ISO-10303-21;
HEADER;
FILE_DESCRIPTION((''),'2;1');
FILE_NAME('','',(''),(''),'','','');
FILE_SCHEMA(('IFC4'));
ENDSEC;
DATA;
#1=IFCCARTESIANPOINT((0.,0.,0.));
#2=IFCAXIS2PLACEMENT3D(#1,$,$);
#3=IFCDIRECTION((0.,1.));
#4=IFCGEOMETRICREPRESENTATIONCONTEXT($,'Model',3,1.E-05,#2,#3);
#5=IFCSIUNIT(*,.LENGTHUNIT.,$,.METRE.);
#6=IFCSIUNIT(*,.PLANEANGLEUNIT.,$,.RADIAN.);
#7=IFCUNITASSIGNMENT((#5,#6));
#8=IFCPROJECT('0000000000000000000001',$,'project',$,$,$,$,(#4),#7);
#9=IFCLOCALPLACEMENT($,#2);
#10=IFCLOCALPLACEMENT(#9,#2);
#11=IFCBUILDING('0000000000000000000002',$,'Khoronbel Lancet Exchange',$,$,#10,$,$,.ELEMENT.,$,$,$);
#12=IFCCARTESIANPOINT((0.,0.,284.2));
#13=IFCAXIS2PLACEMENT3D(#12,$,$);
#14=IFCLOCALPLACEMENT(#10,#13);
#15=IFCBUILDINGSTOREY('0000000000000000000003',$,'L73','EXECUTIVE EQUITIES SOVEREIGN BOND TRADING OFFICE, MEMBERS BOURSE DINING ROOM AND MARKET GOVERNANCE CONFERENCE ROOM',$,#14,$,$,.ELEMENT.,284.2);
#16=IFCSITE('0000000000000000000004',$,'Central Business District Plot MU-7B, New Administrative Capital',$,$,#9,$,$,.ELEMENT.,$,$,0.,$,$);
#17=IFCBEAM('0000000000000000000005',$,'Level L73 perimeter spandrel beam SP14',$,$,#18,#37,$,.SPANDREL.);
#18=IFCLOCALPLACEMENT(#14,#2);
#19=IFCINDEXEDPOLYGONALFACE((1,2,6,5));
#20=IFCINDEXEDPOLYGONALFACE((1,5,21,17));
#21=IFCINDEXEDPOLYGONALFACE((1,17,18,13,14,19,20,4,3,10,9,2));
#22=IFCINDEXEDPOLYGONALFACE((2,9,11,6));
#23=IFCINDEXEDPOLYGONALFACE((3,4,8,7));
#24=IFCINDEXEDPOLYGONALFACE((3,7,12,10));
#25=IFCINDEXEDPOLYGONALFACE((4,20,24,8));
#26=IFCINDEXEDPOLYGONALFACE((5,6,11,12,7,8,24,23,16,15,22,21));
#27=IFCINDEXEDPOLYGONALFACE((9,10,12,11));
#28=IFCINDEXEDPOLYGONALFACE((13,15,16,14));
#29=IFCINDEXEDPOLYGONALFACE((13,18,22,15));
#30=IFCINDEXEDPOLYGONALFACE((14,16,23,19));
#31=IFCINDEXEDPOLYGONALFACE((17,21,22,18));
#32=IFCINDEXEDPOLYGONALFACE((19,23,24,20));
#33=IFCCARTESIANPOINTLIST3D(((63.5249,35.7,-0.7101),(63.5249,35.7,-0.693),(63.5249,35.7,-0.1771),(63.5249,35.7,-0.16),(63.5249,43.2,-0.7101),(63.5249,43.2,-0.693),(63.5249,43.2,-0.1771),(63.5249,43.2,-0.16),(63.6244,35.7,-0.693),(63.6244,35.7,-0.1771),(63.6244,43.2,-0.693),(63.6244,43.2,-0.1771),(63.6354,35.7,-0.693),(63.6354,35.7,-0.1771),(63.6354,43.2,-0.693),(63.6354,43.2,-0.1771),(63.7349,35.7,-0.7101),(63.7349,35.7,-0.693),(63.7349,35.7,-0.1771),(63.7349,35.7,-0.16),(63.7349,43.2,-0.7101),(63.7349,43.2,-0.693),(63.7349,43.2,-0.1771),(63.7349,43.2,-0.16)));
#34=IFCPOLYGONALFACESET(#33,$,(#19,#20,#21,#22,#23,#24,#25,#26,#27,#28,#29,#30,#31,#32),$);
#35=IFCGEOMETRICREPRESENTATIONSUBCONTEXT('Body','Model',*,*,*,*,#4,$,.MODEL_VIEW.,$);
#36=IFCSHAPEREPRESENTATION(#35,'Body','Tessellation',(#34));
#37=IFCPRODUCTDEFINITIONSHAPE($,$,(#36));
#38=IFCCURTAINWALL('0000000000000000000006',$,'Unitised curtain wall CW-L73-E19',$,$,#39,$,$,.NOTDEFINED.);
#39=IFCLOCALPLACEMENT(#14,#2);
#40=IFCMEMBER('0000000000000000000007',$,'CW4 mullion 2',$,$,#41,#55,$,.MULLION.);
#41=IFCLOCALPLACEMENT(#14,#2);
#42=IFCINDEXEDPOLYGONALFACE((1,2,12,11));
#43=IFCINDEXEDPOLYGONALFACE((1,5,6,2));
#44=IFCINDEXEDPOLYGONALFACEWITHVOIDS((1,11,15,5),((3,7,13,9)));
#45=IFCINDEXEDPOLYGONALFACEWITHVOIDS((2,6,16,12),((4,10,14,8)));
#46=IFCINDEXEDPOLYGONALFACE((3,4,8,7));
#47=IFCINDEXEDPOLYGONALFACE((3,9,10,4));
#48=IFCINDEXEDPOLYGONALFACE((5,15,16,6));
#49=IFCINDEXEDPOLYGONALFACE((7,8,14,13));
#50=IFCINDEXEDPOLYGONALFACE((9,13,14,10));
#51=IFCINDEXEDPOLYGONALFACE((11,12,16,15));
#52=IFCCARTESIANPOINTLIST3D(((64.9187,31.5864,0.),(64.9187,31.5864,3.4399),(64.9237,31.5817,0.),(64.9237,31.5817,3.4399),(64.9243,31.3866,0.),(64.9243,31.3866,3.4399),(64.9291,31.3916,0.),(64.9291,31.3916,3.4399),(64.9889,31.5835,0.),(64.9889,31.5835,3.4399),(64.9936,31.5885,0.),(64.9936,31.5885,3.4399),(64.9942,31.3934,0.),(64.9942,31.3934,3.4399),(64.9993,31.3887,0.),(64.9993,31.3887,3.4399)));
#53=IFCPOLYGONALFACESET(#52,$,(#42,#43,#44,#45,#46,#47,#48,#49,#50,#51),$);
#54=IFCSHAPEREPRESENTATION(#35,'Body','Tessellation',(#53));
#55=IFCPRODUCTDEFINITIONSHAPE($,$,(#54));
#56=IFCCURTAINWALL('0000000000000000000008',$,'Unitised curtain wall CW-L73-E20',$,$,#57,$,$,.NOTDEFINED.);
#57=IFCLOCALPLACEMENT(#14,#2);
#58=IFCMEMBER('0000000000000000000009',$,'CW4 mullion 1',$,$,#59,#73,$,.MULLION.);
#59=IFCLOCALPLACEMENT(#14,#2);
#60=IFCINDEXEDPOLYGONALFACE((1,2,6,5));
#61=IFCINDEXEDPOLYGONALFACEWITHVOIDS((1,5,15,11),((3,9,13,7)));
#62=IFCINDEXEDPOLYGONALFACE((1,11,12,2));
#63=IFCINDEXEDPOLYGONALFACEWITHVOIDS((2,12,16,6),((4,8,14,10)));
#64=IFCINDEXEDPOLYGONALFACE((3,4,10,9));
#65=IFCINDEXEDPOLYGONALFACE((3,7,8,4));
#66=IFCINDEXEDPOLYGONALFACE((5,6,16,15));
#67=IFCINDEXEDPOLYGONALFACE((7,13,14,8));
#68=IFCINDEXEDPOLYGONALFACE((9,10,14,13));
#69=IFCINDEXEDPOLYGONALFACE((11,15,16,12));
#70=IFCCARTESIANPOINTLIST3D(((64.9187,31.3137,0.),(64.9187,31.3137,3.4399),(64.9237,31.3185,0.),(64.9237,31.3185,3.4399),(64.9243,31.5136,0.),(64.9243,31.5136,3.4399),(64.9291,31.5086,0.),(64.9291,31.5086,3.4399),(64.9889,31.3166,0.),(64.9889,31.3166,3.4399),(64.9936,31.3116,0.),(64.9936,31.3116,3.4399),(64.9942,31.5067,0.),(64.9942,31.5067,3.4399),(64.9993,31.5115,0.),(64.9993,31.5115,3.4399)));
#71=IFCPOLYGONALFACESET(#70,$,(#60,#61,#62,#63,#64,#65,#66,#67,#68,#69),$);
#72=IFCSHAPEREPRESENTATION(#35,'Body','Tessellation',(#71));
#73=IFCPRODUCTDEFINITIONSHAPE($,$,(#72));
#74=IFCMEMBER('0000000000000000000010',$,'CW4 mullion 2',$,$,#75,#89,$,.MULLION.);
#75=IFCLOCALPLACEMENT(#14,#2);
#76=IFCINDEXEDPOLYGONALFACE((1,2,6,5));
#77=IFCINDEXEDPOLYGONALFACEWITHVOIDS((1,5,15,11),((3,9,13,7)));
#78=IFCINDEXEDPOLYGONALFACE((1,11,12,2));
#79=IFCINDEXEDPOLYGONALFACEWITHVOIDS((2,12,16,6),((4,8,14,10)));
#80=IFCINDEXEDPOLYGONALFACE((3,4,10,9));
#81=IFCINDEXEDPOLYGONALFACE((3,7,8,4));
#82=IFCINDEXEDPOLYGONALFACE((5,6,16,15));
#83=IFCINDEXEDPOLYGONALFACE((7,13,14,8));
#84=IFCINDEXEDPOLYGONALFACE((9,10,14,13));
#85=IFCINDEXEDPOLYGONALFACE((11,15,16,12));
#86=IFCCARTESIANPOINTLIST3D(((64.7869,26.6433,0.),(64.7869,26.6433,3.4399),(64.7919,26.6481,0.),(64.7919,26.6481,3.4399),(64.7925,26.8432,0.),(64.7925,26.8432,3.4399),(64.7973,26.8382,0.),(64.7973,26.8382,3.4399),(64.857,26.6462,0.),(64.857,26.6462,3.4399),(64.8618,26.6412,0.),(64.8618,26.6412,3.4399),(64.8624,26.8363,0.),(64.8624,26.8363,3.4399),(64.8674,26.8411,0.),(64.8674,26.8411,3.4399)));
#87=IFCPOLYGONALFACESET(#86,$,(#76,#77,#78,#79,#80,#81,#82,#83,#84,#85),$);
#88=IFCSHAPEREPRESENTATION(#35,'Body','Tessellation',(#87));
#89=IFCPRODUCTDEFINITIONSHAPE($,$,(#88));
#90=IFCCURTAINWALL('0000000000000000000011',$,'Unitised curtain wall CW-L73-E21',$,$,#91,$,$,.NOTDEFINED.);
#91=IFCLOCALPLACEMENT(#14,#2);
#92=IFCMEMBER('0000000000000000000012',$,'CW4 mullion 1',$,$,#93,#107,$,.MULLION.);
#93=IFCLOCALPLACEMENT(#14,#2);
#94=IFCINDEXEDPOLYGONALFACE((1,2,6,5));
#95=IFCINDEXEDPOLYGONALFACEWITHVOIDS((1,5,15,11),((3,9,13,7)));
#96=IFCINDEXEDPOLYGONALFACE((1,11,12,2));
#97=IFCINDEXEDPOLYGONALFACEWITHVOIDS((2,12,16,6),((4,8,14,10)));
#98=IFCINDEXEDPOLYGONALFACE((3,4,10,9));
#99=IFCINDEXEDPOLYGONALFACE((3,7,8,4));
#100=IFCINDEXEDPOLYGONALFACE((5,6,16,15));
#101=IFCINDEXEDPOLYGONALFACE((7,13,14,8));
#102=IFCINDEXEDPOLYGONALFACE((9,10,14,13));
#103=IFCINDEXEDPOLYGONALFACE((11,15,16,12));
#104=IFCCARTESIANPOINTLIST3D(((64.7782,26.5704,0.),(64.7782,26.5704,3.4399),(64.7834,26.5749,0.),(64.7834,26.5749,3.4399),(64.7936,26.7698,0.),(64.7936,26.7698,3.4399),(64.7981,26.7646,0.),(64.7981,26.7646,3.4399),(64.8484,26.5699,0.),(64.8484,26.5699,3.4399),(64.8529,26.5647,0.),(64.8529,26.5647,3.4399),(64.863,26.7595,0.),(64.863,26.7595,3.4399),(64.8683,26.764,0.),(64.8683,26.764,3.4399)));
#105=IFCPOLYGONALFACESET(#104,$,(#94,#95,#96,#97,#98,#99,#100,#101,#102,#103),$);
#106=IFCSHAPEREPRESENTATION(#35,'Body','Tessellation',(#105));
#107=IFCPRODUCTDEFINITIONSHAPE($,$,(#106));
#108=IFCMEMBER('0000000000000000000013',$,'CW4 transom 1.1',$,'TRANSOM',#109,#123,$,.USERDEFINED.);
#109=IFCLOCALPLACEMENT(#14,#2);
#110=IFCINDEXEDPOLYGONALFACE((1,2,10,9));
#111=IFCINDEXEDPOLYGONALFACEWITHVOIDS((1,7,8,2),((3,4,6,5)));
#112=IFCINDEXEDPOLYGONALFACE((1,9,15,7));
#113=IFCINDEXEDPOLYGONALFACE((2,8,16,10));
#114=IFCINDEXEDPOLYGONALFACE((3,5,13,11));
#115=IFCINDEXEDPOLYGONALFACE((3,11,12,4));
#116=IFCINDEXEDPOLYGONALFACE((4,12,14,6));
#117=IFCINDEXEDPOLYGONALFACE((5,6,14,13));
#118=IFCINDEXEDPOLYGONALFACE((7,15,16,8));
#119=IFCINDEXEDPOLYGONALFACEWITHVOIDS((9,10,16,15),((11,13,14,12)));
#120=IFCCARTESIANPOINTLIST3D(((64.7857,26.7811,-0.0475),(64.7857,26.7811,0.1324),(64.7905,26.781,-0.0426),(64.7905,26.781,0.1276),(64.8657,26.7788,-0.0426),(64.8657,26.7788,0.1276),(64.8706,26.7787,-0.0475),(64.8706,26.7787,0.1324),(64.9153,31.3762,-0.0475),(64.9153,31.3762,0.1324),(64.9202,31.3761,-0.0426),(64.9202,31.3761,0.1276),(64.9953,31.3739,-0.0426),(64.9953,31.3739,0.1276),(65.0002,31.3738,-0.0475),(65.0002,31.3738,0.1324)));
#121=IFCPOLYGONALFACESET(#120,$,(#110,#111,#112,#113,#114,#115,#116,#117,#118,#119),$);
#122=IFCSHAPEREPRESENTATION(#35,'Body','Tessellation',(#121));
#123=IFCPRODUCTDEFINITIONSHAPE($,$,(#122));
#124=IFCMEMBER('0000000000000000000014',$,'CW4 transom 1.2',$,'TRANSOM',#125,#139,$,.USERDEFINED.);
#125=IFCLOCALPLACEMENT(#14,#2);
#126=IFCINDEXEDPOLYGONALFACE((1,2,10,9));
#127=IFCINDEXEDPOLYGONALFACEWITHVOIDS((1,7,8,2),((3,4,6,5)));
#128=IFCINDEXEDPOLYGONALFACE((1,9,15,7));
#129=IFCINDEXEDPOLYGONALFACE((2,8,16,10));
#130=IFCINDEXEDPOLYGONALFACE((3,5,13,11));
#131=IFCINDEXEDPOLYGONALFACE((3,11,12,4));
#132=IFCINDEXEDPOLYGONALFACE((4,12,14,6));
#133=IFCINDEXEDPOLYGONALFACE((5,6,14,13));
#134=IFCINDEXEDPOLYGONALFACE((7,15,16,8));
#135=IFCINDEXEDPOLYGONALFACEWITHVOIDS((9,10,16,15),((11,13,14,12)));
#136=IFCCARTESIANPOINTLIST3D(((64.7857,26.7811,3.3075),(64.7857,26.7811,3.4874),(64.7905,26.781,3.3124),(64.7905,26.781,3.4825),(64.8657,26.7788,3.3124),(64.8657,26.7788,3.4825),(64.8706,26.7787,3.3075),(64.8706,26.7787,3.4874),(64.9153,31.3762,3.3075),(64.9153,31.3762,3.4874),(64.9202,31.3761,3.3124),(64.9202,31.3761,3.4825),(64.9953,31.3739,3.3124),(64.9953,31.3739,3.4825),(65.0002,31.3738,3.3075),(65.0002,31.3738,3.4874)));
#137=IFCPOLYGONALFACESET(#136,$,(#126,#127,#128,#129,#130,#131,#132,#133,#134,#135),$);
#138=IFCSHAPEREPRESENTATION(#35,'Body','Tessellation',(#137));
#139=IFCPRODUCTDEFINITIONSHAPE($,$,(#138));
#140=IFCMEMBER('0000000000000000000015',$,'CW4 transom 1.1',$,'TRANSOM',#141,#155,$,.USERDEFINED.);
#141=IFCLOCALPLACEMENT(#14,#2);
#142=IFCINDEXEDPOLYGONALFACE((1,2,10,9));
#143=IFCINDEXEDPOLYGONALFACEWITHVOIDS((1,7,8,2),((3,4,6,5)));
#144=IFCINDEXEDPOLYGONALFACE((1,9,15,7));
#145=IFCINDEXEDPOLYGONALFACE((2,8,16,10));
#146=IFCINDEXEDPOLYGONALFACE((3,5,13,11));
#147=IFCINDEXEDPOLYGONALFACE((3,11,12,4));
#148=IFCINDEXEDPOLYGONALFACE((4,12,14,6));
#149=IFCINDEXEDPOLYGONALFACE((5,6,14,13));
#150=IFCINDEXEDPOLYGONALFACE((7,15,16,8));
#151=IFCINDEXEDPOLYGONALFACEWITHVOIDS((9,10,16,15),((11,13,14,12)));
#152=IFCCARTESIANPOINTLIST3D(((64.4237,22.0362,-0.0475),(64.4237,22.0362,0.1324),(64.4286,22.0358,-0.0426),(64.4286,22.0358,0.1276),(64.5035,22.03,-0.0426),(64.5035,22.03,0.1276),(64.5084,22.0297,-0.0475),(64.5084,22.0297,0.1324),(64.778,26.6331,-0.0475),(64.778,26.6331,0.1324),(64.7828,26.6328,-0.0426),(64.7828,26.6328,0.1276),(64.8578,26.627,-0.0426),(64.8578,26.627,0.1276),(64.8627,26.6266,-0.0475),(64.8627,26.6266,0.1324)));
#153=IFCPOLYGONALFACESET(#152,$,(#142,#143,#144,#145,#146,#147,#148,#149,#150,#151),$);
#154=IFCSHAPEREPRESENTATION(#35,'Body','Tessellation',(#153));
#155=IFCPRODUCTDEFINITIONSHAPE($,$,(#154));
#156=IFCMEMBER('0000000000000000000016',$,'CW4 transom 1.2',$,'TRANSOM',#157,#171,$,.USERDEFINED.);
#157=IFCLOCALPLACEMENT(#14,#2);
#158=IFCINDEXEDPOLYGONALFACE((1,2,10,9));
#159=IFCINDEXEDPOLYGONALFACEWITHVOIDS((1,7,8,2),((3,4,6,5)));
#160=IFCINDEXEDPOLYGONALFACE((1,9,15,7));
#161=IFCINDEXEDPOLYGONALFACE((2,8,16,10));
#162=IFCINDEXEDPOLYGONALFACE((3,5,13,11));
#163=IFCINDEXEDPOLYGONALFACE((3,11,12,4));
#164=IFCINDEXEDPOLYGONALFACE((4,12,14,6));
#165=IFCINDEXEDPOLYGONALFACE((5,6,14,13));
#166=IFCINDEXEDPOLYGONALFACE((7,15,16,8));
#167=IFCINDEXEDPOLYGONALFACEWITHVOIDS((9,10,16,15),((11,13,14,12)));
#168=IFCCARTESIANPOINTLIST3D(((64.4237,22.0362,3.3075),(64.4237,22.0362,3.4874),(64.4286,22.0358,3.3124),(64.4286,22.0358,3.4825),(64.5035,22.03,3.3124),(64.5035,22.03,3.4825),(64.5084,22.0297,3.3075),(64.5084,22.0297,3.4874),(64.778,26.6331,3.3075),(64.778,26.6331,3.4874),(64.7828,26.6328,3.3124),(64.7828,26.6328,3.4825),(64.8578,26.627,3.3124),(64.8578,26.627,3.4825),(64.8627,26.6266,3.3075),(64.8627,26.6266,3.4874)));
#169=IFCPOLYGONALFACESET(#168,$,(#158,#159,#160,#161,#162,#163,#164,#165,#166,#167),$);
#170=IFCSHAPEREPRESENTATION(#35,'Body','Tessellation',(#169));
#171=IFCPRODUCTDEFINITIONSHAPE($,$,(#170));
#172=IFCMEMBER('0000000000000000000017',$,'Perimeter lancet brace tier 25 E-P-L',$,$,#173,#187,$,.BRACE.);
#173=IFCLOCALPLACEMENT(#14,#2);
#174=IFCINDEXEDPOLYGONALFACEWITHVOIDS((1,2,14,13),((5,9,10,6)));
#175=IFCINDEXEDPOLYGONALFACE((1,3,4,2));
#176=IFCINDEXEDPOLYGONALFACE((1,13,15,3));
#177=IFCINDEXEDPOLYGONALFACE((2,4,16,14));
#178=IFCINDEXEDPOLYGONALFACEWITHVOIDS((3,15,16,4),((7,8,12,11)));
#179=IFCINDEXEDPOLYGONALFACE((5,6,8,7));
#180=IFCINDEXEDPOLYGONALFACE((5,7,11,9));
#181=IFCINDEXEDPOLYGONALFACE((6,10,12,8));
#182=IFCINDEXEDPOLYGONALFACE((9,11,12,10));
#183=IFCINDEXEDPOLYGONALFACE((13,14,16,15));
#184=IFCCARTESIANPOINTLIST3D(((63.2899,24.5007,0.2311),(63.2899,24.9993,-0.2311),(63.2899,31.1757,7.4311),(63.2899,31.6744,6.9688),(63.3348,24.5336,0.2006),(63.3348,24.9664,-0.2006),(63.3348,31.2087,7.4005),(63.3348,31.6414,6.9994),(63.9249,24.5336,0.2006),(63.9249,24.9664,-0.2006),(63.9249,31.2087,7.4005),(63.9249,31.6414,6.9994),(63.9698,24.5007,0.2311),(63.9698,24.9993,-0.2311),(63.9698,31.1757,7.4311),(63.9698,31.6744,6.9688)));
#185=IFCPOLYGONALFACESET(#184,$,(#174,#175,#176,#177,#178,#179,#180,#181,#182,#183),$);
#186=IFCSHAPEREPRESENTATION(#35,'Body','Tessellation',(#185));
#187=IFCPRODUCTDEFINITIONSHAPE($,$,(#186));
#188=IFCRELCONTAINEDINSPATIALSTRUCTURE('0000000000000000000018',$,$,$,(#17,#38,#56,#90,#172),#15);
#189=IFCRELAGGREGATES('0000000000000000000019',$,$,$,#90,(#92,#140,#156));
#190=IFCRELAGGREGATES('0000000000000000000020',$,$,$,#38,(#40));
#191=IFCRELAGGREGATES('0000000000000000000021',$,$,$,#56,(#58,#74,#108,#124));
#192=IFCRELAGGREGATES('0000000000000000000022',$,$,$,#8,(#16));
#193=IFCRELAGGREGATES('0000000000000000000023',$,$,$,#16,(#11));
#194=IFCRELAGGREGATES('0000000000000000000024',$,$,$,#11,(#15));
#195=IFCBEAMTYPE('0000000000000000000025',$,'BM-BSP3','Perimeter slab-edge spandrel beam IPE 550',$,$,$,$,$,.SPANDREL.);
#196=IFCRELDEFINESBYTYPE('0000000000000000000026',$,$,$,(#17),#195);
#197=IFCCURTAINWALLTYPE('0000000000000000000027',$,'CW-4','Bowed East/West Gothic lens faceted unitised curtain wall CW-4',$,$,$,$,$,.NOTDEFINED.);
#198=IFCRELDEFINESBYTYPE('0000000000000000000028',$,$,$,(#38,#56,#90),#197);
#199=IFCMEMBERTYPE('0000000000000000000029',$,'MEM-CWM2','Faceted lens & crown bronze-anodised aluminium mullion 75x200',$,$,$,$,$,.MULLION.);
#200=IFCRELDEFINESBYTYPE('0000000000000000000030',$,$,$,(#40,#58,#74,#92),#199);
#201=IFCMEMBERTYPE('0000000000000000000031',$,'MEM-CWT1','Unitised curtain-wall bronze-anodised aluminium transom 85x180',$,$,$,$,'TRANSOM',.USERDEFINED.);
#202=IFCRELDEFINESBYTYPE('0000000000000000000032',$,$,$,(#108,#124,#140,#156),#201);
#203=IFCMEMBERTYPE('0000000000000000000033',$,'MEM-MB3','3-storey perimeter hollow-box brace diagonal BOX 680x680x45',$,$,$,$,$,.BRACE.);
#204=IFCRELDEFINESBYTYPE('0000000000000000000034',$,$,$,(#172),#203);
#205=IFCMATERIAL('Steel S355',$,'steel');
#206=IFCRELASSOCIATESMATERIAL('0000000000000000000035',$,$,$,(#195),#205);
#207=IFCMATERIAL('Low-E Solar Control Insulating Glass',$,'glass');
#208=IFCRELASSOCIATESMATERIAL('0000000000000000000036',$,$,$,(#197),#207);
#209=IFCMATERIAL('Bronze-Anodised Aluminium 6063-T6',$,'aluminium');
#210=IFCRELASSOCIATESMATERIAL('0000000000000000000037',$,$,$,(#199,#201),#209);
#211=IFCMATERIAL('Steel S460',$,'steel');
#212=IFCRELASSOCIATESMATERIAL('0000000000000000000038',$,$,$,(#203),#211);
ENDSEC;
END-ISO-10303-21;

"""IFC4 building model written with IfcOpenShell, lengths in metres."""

from ifc_helpers import new_model, si_unit, direction, frame, origin, origin_2d, place, context, subcontext, project, spatial, hollow_rectangle, i_section, extrude, material, material_profile, profile_set, type_object, element, aggregate, save


model = new_model("IFC4")

# Units and contexts
model_context = context("Model", 3, precision=1e-05, world=origin(), true_north=direction((0.0, 1.0)))
body_context = subcontext(model_context, "Body", "Model", "MODEL_VIEW")
ifc_project = project(units=[si_unit("LENGTHUNIT", "METRE"), si_unit("PLANEANGLEUNIT", "RADIAN")], contexts=[model_context])

# Site, building, storey
site_placement = place(None, origin())
site = spatial("IfcSite", under=ifc_project, at=site_placement, Name="Central Business District Plot MU-7B, New Administrative Capital", CompositionType="ELEMENT", RefElevation=0.0)
building_placement = place(site_placement, origin())
building = spatial("IfcBuilding", under=site, at=building_placement, Name="Khoronbel Lancet Exchange", CompositionType="ELEMENT")
storey_placement = place(building_placement, frame((0.0, 0.0, 284.2)))
storey = spatial("IfcBuildingStorey", under=building, at=storey_placement, Name="L73", Description="EXECUTIVE EQUITIES SOVEREIGN BOND TRADING OFFICE, MEMBERS BOURSE DINING ROOM AND MARKET GOVERNANCE CONFERENCE ROOM", CompositionType="ELEMENT", Elevation=284.2)

# Shared definitions
ifc_material_1 = material(Name="Steel S355", Category="steel")

# Beam
ifc_material_profile_1 = material_profile(ifc_material_1, i_section(OverallWidth=0.21, OverallDepth=0.55, WebThickness=0.011, FlangeThickness=0.0171, at=origin_2d()), Name="IPE 550")
ifc_profile_set_1 = profile_set([ifc_material_profile_1], Name="Steel S355")
beam_type_1 = type_object("IfcBeamType", Name="BM-BSP3", Description="Perimeter slab-edge spandrel beam IPE 550", PredefinedType="SPANDREL", material=ifc_profile_set_1)
beam_1_placement = place(storey_placement, frame((63.6299, 35.7, -0.4351), z_axis=(0.0, 1.0, 0.0), x_axis=(-1.0, 0.0, 0.0)))
element("IfcBeam", 1, at=beam_1_placement, inside=storey, type_object=beam_type_1, Name="Level L73 perimeter spandrel beam SP14", PredefinedType="SPANDREL", context=body_context, shape_type="SweptSolid", body=[
    extrude(i_section(OverallWidth=0.21, OverallDepth=0.55, WebThickness=0.011, FlangeThickness=0.0171, at=origin_2d()), origin(), (0.0, 0.0, 1.0), 7.5),
])

# Curtain wall, member
ifc_material_2 = material(Name="Low-E Solar Control Insulating Glass", Category="glass")
curtain_wall_type = type_object("IfcCurtainWallType", Name="CW-4", Description="Bowed East/West Gothic lens faceted unitised curtain wall CW-4", PredefinedType="NOTDEFINED", material=ifc_material_2)
curtain_wall_1_placement = place(storey_placement, origin())
curtain_wall_1 = element("IfcCurtainWall", 2, at=curtain_wall_1_placement, inside=storey, type_object=curtain_wall_type, Name="Unitised curtain wall CW-L73-E19", PredefinedType="NOTDEFINED")
ifc_material_3 = material(Name="Bronze-Anodised Aluminium 6063-T6", Category="aluminium")
ifc_material_profile_2 = material_profile(ifc_material_3, hollow_rectangle(XDim=0.075, YDim=0.2, WallThickness=0.0049, at=origin_2d()), Name="ALU MULLION 75x200")
ifc_profile_set_2 = profile_set([ifc_material_profile_2], Name="Bronze-Anodised Aluminium 6063-T6")
member_type_1 = type_object("IfcMemberType", Name="MEM-CWM2", Description="Faceted lens & crown bronze-anodised aluminium mullion 75x200", PredefinedType="MULLION", material=ifc_profile_set_2)
member_1_placement = place(storey_placement, frame((64.959, 31.4875, 0.0), z_axis=(0.0, 0.0, 1.0), x_axis=(0.999602, 0.028206, 0.0)))
member_1 = element("IfcMember", 3, at=member_1_placement, type_object=member_type_1, Name="CW4 mullion 2", PredefinedType="MULLION", context=body_context, shape_type="SweptSolid", body=[
    extrude(hollow_rectangle(XDim=0.075, YDim=0.2, WallThickness=0.0049, at=origin_2d()), origin(), (0.0, 0.0, 1.0), 3.4399),
])

# Curtain wall, members
curtain_wall_2_placement = place(storey_placement, origin())
curtain_wall_2 = element("IfcCurtainWall", 4, at=curtain_wall_2_placement, inside=storey, type_object=curtain_wall_type, Name="Unitised curtain wall CW-L73-E20", PredefinedType="NOTDEFINED")
member_2_placement = place(storey_placement, frame((64.959, 31.4126, 0.0), z_axis=(0.0, 0.0, 1.0), x_axis=(0.999602, -0.028206, 0.0)))
member_2 = element("IfcMember", 5, at=member_2_placement, type_object=member_type_1, Name="CW4 mullion 1", PredefinedType="MULLION", context=body_context, shape_type="SweptSolid", body=[
    extrude(hollow_rectangle(XDim=0.075, YDim=0.2, WallThickness=0.0049, at=origin_2d()), origin(), (0.0, 0.0, 1.0), 3.4399),
])
member_3_placement = place(storey_placement, frame((64.8271, 26.7422, 0.0), z_axis=(0.0, 0.0, 1.0), x_axis=(0.999602, -0.028206, 0.0)))
member_3 = element("IfcMember", 6, at=member_3_placement, type_object=member_type_1, Name="CW4 mullion 2", PredefinedType="MULLION", context=body_context, shape_type="SweptSolid", body=[
    extrude(hollow_rectangle(XDim=0.075, YDim=0.2, WallThickness=0.0049, at=origin_2d()), origin(), (0.0, 0.0, 1.0), 3.4399),
])

# Curtain wall, member
curtain_wall_3_placement = place(storey_placement, origin())
curtain_wall_3 = element("IfcCurtainWall", 7, at=curtain_wall_3_placement, inside=storey, type_object=curtain_wall_type, Name="Unitised curtain wall CW-L73-E21", PredefinedType="NOTDEFINED")
member_4_placement = place(storey_placement, frame((64.8232, 26.6672, 0.0), z_axis=(0.0, 0.0, 1.0), x_axis=(0.997045, -0.076819, 0.0)))
member_4 = element("IfcMember", 8, at=member_4_placement, type_object=member_type_1, Name="CW4 mullion 1", PredefinedType="MULLION", context=body_context, shape_type="SweptSolid", body=[
    extrude(hollow_rectangle(XDim=0.075, YDim=0.2, WallThickness=0.0049, at=origin_2d()), origin(), (0.0, 0.0, 1.0), 3.4399),
])

# Members
ifc_material_profile_3 = material_profile(ifc_material_3, hollow_rectangle(XDim=0.085, YDim=0.1799, WallThickness=0.0049, at=origin_2d()), Name="ALU TRANSOM 85x180")
ifc_profile_set_3 = profile_set([ifc_material_profile_3], Name="Bronze-Anodised Aluminium 6063-T6")
member_type_2 = type_object("IfcMemberType", Name="MEM-CWT1", Description="Unitised curtain-wall bronze-anodised aluminium transom 85x180", ElementType="TRANSOM", PredefinedType="USERDEFINED", material=ifc_profile_set_3)
member_5_placement = place(storey_placement, frame((64.9578, 31.375, 0.0425), z_axis=(-0.0282, -0.999602, 0.0), x_axis=(0.999602, -0.0282, 0.0)))
member_5 = element("IfcMember", 9, at=member_5_placement, type_object=member_type_2, Name="CW4 transom 1.1", ObjectType="TRANSOM", PredefinedType="USERDEFINED", context=body_context, shape_type="SweptSolid", body=[
    extrude(hollow_rectangle(XDim=0.085, YDim=0.1799, WallThickness=0.0049, at=origin_2d()), origin(), (0.0, 0.0, 1.0), 4.5969),
])
member_6_placement = place(storey_placement, frame((64.9578, 31.375, 3.3975), z_axis=(-0.0282, -0.999602, 0.0), x_axis=(0.999602, -0.0282, 0.0)))
member_6 = element("IfcMember", 10, at=member_6_placement, type_object=member_type_2, Name="CW4 transom 1.2", ObjectType="TRANSOM", PredefinedType="USERDEFINED", context=body_context, shape_type="SweptSolid", body=[
    extrude(hollow_rectangle(XDim=0.085, YDim=0.1799, WallThickness=0.0049, at=origin_2d()), origin(), (0.0, 0.0, 1.0), 4.5969),
])
member_7_placement = place(storey_placement, frame((64.8203, 26.6299, 0.0425), z_axis=(-0.076834, -0.997044, 0.0), x_axis=(0.997044, -0.076834, 0.0)))
member_7 = element("IfcMember", 11, at=member_7_placement, type_object=member_type_2, Name="CW4 transom 1.1", ObjectType="TRANSOM", PredefinedType="USERDEFINED", context=body_context, shape_type="SweptSolid", body=[
    extrude(hollow_rectangle(XDim=0.085, YDim=0.1799, WallThickness=0.0049, at=origin_2d()), origin(), (0.0, 0.0, 1.0), 4.6106),
])
member_8_placement = place(storey_placement, frame((64.8203, 26.6299, 3.3975), z_axis=(-0.076834, -0.997044, 0.0), x_axis=(0.997044, -0.076834, 0.0)))
member_8 = element("IfcMember", 12, at=member_8_placement, type_object=member_type_2, Name="CW4 transom 1.2", ObjectType="TRANSOM", PredefinedType="USERDEFINED", context=body_context, shape_type="SweptSolid", body=[
    extrude(hollow_rectangle(XDim=0.085, YDim=0.1799, WallThickness=0.0049, at=origin_2d()), origin(), (0.0, 0.0, 1.0), 4.6106),
])
aggregate(curtain_wall_3, [member_4, member_7, member_8])

# Member
ifc_material_4 = material(Name="Steel S460", Category="steel")
ifc_material_profile_4 = material_profile(ifc_material_4, hollow_rectangle(XDim=0.6799, YDim=0.6799, WallThickness=0.0449, at=origin_2d()), Name="BOX 680x680x45")
ifc_profile_set_4 = profile_set([ifc_material_profile_4], Name="Steel S460")
member_type_3 = type_object("IfcMemberType", Name="MEM-MB3", Description="3-storey perimeter hollow-box brace diagonal BOX 680x680x45", PredefinedType="BRACE", material=ifc_profile_set_4)
member_9_placement = place(storey_placement, frame((63.6299, 24.75, 0.0), z_axis=(0.0, 0.67987, 0.733333), x_axis=(-1.0, 0.0, 0.0)))
element("IfcMember", 13, at=member_9_placement, inside=storey, type_object=member_type_3, Name="Perimeter lancet brace tier 25 E-P-L", PredefinedType="BRACE", context=body_context, shape_type="SweptSolid", body=[
    extrude(hollow_rectangle(XDim=0.6799, YDim=0.6799, WallThickness=0.0449, at=origin_2d()), origin(), (0.0, 0.0, 1.0), 9.8181),
])

aggregate(curtain_wall_1, [member_1])
aggregate(curtain_wall_2, [member_2, member_3, member_5, member_6])

save(model, "model.ifc")
